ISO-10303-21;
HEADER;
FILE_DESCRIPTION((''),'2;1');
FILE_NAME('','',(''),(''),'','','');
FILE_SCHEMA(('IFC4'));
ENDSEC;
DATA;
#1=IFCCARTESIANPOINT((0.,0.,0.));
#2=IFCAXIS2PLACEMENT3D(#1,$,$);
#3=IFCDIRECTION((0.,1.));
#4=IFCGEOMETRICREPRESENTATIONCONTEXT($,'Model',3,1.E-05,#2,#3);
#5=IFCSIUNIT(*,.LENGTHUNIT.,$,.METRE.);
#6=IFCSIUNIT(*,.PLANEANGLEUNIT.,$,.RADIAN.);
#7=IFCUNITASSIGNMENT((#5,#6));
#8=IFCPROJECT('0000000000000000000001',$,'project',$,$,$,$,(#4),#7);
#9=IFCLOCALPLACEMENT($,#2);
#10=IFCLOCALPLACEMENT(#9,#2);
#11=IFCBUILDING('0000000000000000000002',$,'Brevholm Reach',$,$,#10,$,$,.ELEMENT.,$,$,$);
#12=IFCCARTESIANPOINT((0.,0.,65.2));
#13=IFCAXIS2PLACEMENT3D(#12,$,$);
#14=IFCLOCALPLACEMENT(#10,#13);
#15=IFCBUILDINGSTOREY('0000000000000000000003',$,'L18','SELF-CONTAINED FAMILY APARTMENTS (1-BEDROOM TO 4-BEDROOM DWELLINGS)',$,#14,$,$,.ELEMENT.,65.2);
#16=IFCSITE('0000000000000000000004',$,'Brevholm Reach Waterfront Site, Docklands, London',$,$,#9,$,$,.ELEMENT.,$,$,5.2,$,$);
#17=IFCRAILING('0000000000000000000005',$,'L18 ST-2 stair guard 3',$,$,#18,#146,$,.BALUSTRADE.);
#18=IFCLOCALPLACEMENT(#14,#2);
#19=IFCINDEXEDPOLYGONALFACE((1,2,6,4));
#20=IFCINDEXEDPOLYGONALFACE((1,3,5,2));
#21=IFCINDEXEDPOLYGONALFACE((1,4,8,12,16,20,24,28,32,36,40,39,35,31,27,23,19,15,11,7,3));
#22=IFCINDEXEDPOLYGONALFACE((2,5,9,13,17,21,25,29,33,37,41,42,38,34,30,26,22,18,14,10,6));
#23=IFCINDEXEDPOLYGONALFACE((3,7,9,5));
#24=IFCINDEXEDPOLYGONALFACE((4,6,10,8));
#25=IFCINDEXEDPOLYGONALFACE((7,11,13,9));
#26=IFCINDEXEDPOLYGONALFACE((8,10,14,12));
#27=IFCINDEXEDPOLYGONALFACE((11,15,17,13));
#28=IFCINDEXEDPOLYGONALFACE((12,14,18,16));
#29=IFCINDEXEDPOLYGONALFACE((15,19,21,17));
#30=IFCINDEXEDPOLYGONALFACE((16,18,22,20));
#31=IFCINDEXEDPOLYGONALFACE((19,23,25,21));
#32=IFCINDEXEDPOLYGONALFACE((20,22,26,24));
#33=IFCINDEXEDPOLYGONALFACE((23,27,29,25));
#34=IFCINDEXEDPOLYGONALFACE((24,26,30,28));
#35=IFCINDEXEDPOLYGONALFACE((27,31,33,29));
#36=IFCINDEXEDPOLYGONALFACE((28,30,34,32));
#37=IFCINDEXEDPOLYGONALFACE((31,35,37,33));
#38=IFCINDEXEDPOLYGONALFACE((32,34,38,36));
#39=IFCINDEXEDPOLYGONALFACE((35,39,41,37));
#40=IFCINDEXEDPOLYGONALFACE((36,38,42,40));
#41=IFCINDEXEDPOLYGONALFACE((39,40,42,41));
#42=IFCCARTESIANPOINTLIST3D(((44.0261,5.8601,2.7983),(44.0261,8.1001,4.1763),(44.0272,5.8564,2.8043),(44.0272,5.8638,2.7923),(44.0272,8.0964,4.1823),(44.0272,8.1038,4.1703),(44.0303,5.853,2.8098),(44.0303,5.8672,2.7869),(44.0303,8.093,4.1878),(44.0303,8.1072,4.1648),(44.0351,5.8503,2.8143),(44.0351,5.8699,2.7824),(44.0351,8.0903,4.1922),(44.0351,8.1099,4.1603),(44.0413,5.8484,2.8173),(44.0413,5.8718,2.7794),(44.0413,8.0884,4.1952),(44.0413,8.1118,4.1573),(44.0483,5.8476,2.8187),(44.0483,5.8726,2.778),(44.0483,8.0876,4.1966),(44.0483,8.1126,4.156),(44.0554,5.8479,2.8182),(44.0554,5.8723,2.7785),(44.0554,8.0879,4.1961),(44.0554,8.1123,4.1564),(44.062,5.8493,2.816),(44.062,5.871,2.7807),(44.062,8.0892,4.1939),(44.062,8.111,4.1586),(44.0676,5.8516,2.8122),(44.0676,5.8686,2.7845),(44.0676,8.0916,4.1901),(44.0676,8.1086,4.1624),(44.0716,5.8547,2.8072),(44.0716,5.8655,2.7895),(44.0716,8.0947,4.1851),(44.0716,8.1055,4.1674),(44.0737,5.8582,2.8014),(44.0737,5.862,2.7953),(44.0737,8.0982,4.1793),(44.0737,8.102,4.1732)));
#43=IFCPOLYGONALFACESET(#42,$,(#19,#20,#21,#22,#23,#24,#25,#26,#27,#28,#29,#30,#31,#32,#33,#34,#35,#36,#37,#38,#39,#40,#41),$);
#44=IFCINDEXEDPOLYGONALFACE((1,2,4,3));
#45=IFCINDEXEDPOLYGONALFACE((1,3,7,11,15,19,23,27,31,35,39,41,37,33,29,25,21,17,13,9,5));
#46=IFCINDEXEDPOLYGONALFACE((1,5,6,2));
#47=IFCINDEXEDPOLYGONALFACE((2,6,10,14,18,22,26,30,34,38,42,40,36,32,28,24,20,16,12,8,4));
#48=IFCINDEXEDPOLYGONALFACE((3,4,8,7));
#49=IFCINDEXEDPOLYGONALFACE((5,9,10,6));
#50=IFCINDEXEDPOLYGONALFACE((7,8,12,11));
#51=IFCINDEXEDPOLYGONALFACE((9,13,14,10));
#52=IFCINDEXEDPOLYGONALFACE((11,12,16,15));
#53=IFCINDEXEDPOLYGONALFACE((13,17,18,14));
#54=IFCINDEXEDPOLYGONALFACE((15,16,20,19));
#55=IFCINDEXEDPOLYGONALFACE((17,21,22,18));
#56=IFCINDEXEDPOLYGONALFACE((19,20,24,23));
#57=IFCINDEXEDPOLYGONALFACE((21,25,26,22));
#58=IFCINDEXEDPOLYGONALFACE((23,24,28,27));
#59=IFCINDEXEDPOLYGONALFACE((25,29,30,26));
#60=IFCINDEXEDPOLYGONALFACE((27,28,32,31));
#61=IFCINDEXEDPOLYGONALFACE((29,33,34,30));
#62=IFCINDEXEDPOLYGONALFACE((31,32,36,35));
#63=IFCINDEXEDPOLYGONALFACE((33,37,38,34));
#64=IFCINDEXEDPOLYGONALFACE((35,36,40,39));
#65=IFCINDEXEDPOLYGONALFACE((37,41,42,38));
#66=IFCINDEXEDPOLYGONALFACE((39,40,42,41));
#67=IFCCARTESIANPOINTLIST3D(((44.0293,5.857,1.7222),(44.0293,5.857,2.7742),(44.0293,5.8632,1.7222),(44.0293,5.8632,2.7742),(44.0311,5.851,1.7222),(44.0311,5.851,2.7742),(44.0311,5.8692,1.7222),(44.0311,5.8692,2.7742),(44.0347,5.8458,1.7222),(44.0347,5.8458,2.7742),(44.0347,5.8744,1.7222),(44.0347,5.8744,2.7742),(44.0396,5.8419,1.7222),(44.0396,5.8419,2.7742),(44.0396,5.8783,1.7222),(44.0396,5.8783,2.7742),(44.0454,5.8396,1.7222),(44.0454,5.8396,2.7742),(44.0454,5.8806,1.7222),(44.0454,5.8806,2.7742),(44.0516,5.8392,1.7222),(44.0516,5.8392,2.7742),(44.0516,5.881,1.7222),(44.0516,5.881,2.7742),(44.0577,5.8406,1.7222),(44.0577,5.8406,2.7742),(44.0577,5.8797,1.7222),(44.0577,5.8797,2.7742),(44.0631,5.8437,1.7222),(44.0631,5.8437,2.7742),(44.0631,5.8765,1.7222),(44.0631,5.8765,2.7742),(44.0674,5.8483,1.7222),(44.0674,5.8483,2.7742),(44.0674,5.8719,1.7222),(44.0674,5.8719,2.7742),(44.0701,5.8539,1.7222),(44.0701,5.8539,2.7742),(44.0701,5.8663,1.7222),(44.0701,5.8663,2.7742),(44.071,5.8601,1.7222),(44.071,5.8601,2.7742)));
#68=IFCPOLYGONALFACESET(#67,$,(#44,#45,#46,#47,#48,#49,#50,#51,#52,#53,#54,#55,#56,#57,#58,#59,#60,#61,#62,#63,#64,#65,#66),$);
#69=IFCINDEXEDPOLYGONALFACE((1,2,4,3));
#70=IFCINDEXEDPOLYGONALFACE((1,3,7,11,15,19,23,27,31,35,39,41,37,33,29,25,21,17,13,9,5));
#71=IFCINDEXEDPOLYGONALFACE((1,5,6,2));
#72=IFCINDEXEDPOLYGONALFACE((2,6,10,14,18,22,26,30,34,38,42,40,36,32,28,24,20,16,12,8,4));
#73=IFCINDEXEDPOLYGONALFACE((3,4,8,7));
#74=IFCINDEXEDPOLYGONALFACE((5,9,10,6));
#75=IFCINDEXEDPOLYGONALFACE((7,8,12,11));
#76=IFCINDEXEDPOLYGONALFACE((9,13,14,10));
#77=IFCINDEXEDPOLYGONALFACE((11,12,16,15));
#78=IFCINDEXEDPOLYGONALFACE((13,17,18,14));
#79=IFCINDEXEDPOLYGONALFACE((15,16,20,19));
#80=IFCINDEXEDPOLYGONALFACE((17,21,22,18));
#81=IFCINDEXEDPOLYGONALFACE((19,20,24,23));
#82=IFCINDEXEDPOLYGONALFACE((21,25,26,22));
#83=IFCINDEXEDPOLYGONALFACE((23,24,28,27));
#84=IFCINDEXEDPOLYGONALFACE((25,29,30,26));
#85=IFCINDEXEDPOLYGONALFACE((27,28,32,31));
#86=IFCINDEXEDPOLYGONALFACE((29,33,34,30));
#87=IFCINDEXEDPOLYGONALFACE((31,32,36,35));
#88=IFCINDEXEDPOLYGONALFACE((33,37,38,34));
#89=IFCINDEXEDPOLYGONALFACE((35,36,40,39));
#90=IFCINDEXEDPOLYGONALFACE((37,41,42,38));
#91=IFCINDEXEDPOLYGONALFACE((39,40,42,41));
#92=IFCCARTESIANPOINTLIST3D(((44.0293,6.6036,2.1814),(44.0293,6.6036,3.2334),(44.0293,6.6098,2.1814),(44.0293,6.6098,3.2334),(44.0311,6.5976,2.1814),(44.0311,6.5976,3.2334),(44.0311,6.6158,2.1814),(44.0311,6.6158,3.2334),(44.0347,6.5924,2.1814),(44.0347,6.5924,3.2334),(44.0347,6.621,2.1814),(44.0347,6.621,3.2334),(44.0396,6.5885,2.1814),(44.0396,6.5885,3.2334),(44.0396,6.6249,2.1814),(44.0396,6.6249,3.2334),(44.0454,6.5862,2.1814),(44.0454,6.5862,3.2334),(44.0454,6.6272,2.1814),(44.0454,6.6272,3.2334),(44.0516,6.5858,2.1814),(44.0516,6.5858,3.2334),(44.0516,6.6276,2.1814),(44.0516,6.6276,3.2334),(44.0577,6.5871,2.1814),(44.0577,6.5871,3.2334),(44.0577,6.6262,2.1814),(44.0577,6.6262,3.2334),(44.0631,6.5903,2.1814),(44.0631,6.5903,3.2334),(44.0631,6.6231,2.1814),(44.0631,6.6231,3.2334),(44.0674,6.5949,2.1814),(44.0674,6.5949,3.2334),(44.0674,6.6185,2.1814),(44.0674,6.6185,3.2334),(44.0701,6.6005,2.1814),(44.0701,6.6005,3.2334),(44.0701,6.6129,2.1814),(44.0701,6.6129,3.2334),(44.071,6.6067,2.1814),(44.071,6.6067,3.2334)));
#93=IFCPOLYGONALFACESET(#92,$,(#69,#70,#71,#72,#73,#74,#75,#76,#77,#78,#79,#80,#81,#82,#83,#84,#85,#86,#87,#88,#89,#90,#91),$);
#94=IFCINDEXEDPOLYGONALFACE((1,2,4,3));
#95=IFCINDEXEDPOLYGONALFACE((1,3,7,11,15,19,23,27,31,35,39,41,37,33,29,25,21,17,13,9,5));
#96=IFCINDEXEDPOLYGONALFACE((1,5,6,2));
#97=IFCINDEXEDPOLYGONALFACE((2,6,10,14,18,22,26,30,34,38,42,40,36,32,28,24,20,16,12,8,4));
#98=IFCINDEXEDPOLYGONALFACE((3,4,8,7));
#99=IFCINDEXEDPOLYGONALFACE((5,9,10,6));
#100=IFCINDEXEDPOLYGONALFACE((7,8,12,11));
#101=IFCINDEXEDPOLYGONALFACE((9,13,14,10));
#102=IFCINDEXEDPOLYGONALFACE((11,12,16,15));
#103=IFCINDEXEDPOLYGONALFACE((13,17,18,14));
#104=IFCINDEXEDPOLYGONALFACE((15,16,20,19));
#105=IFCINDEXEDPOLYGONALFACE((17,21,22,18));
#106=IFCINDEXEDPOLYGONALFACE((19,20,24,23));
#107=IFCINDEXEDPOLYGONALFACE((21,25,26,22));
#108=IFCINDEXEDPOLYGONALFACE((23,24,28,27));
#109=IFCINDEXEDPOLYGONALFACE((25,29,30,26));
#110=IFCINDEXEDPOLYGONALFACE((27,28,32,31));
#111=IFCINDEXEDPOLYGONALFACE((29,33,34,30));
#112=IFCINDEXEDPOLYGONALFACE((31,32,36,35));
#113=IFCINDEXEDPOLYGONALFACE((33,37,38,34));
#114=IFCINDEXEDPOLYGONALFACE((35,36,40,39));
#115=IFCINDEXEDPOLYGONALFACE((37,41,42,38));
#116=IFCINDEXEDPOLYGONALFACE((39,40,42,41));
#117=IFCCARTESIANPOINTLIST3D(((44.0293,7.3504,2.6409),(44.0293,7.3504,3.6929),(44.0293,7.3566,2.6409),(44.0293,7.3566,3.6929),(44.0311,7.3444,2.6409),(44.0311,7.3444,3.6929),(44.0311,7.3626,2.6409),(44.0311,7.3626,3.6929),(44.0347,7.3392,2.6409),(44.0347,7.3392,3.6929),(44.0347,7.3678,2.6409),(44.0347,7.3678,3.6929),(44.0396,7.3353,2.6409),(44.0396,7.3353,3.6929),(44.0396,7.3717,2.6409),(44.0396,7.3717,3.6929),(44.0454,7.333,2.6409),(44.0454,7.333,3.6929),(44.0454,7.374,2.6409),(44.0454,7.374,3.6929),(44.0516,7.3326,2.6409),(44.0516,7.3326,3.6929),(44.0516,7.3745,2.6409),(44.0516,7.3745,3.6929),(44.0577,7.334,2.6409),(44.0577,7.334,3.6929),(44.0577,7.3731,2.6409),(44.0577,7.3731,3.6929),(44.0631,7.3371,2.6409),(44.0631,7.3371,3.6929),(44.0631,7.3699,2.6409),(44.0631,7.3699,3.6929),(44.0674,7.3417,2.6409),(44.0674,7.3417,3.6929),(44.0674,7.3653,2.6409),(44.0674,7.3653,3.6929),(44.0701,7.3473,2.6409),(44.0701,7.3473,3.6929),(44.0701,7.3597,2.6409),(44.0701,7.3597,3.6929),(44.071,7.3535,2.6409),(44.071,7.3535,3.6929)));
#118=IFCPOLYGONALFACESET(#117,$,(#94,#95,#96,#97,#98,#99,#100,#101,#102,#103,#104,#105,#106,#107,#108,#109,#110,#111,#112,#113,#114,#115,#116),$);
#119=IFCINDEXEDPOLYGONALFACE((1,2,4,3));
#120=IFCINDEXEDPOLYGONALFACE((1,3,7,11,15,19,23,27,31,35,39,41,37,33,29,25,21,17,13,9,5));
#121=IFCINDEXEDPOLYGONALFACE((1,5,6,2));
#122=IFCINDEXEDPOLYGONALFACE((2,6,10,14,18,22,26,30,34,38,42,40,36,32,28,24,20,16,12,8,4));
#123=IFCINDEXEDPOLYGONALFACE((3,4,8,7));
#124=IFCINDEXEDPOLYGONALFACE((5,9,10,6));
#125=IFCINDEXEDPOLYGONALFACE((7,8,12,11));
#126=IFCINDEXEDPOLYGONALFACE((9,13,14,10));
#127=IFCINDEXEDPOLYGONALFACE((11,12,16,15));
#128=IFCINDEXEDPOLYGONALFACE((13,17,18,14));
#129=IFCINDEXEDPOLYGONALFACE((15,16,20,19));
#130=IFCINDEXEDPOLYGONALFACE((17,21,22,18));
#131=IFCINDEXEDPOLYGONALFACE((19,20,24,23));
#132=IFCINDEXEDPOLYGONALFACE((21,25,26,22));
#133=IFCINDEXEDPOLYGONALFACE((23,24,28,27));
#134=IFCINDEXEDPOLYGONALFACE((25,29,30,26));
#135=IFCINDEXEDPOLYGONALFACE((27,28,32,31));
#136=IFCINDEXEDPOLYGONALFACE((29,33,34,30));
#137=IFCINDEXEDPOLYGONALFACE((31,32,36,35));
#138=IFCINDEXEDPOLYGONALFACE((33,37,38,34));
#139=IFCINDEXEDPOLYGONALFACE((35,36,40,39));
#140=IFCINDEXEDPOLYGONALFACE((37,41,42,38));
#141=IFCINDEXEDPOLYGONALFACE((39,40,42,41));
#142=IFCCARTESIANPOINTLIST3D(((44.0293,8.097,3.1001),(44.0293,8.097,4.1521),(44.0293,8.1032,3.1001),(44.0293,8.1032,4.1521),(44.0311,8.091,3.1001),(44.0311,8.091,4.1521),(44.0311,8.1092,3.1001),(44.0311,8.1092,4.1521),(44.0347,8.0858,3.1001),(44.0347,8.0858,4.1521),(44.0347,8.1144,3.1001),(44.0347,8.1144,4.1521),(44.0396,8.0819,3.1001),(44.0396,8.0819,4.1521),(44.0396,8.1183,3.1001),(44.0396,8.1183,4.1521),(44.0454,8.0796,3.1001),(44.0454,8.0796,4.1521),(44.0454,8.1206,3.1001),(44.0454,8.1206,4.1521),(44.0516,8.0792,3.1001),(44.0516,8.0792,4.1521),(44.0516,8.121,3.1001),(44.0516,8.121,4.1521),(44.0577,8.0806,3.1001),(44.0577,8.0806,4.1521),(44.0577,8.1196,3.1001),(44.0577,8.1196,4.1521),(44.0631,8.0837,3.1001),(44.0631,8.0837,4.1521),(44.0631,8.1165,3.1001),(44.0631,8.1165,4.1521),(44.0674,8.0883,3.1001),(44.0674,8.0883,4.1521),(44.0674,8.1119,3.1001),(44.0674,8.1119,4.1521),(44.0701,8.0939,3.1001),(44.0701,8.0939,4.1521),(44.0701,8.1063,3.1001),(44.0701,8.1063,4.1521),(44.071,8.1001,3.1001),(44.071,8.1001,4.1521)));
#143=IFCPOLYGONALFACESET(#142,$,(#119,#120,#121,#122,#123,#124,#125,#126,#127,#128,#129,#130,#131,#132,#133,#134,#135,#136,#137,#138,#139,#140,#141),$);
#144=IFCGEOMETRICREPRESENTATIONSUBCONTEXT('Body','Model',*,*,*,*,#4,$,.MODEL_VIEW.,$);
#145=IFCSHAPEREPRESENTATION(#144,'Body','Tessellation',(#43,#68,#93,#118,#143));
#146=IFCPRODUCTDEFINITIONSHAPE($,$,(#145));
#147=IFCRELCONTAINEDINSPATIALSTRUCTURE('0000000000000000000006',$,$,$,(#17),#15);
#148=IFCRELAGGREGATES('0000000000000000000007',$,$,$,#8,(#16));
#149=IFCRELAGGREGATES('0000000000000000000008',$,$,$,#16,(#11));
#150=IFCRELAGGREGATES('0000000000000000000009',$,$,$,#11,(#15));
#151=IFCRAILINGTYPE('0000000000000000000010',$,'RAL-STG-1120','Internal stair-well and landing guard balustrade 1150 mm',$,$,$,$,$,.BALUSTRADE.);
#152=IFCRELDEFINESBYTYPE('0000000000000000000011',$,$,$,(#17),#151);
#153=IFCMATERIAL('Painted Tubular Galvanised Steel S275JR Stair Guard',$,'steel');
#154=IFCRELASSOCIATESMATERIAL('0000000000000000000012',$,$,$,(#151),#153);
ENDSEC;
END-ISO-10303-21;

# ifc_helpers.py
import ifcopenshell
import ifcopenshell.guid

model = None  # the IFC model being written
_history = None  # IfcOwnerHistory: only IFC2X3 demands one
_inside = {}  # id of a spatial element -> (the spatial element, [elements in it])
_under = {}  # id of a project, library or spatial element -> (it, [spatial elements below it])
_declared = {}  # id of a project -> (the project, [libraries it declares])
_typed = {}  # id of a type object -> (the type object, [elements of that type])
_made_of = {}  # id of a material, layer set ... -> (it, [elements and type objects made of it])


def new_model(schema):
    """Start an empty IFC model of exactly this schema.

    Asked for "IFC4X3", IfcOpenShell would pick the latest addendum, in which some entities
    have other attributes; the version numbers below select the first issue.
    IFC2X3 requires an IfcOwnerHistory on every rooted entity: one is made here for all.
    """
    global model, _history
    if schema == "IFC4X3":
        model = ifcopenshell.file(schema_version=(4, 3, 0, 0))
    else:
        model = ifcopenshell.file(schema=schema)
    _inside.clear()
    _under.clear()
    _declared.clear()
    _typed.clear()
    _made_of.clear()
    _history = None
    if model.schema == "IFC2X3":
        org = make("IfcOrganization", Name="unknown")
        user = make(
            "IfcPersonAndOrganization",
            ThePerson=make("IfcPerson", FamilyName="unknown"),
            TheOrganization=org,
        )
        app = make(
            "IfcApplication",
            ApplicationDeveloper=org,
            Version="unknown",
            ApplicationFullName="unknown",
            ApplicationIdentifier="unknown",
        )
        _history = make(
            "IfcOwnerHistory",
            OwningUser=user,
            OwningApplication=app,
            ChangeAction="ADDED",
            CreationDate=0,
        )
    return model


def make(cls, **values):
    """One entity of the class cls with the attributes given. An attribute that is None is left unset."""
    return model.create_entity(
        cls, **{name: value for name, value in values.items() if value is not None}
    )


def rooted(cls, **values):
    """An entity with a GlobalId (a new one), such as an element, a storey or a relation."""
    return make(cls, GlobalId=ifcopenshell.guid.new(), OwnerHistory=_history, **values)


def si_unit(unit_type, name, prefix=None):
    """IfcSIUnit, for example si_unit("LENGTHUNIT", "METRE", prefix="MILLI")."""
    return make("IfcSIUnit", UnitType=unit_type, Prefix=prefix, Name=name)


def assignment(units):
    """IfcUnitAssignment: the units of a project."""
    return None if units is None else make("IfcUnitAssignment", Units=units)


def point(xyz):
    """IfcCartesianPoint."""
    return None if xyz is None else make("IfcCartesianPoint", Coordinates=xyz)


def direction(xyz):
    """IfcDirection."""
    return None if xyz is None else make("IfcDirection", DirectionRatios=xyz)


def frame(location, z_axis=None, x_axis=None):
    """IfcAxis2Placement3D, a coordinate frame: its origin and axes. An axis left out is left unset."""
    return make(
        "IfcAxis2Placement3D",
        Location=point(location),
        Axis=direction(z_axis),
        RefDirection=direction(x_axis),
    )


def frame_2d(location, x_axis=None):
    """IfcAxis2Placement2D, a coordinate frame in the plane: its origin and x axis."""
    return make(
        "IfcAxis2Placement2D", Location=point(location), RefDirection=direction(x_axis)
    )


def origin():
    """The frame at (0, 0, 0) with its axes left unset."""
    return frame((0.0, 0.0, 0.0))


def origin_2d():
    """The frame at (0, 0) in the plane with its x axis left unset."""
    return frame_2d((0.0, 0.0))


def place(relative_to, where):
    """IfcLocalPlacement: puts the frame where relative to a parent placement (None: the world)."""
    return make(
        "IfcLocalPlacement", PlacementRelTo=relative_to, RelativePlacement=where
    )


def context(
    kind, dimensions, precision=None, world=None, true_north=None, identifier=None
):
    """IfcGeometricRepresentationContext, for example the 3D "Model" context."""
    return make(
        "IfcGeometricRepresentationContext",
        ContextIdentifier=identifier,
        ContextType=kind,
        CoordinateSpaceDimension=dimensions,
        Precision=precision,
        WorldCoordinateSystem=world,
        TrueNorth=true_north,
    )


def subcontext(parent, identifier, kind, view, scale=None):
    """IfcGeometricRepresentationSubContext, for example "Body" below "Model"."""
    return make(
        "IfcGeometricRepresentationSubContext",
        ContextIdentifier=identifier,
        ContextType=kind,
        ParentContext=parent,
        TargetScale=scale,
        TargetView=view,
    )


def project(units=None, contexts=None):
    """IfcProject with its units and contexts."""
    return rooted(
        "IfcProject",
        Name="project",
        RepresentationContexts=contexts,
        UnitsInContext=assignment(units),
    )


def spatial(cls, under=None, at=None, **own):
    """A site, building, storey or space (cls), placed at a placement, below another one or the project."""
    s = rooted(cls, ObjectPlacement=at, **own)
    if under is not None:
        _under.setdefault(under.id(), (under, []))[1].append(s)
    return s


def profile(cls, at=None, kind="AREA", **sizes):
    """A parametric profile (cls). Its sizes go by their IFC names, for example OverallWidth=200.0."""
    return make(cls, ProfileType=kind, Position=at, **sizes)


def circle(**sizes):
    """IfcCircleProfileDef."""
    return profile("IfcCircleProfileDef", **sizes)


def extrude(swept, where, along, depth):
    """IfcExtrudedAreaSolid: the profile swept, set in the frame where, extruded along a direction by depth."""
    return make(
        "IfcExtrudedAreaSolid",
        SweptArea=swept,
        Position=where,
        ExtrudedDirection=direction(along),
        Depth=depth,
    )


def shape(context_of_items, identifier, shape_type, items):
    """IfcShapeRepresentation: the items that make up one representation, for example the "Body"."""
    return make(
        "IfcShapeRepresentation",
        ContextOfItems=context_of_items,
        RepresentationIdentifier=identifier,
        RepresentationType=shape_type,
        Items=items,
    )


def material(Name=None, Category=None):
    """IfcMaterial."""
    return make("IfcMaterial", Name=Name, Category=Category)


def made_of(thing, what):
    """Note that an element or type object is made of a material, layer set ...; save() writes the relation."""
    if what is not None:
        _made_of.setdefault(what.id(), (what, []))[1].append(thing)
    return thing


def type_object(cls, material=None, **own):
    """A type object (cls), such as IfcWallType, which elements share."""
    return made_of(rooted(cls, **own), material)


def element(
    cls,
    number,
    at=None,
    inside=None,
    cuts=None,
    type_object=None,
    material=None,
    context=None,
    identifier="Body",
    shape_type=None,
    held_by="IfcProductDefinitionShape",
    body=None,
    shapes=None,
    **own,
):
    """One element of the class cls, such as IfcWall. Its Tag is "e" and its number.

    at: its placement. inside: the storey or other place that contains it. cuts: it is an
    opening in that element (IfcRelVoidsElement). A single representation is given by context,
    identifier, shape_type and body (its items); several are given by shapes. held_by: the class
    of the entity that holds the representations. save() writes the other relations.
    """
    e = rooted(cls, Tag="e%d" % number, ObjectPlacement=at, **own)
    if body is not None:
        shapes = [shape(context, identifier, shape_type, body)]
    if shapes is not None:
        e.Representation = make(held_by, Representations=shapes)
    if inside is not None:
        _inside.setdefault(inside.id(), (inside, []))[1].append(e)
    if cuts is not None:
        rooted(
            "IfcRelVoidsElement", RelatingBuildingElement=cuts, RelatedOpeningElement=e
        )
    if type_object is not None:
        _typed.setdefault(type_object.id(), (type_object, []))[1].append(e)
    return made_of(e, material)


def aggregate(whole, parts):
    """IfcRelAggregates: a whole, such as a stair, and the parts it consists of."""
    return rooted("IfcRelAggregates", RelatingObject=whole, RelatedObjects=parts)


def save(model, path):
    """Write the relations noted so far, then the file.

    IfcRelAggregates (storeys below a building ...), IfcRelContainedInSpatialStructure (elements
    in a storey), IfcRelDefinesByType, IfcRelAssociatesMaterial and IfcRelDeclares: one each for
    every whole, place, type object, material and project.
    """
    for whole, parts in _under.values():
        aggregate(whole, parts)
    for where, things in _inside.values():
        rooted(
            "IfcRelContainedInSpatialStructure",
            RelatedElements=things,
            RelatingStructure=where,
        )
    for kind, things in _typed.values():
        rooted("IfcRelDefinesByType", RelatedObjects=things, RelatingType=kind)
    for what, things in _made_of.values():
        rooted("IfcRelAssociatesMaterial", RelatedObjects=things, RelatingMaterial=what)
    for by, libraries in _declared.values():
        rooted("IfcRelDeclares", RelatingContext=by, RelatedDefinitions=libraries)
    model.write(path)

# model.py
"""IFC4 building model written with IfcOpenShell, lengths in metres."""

from ifc_helpers import new_model, si_unit, direction, frame, origin, origin_2d, place, context, subcontext, project, spatial, circle, extrude, material, type_object, element, save


model = new_model("IFC4")

# Units and contexts
model_context = context("Model", 3, precision=1e-05, world=origin(), true_north=direction((0.0, 1.0)))
body_context = subcontext(model_context, "Body", "Model", "MODEL_VIEW")
ifc_project = project(units=[si_unit("LENGTHUNIT", "METRE"), si_unit("PLANEANGLEUNIT", "RADIAN")], contexts=[model_context])

# Site, building, storey
site_placement = place(None, origin())
site = spatial("IfcSite", under=ifc_project, at=site_placement, Name="Brevholm Reach Waterfront Site, Docklands, London", CompositionType="ELEMENT", RefElevation=5.2)
building_placement = place(site_placement, origin())
building = spatial("IfcBuilding", under=site, at=building_placement, Name="Brevholm Reach", CompositionType="ELEMENT")
storey_placement = place(building_placement, frame((0.0, 0.0, 65.2)))
storey = spatial("IfcBuildingStorey", under=building, at=storey_placement, Name="L18", Description="SELF-CONTAINED FAMILY APARTMENTS (1-BEDROOM TO 4-BEDROOM DWELLINGS)", CompositionType="ELEMENT", Elevation=65.2)

# Railing
ifc_material_1 = material(Name="Painted Tubular Galvanised Steel S275JR Stair Guard", Category="steel")
railing_type_1 = type_object("IfcRailingType", Name="RAL-STG-1120", Description="Internal stair-well and landing guard balustrade 1150 mm", PredefinedType="BALUSTRADE", material=ifc_material_1)
railing_1_placement = place(storey_placement, frame((44.05, 5.8601, 1.7222)))
element("IfcRailing", 1, at=railing_1_placement, inside=storey, type_object=railing_type_1, Name="L18 ST-2 stair guard 3", PredefinedType="BALUSTRADE", context=body_context, shape_type="SweptSolid", body=[
    extrude(circle(Radius=0.0239, at=origin_2d()), frame((0.0, 0.0, 1.0762), z_axis=(0.0, 0.851748, 0.523952), x_axis=(-1.0, 0.0, 0.0)), (0.0, 0.0, 1.0), 2.6299),
    extrude(circle(Radius=0.021, at=origin_2d()), origin(), (0.0, 0.0, 1.0), 1.052),
    extrude(circle(Radius=0.021, at=origin_2d()), frame((0.0, 0.7466, 0.4592)), (0.0, 0.0, 1.0), 1.052),
    extrude(circle(Radius=0.021, at=origin_2d()), frame((0.0, 1.4934, 0.9187)), (0.0, 0.0, 1.0), 1.052),
    extrude(circle(Radius=0.021, at=origin_2d()), frame((0.0, 2.24, 1.3779)), (0.0, 0.0, 1.0), 1.052),
])

save(model, "model.ifc")
